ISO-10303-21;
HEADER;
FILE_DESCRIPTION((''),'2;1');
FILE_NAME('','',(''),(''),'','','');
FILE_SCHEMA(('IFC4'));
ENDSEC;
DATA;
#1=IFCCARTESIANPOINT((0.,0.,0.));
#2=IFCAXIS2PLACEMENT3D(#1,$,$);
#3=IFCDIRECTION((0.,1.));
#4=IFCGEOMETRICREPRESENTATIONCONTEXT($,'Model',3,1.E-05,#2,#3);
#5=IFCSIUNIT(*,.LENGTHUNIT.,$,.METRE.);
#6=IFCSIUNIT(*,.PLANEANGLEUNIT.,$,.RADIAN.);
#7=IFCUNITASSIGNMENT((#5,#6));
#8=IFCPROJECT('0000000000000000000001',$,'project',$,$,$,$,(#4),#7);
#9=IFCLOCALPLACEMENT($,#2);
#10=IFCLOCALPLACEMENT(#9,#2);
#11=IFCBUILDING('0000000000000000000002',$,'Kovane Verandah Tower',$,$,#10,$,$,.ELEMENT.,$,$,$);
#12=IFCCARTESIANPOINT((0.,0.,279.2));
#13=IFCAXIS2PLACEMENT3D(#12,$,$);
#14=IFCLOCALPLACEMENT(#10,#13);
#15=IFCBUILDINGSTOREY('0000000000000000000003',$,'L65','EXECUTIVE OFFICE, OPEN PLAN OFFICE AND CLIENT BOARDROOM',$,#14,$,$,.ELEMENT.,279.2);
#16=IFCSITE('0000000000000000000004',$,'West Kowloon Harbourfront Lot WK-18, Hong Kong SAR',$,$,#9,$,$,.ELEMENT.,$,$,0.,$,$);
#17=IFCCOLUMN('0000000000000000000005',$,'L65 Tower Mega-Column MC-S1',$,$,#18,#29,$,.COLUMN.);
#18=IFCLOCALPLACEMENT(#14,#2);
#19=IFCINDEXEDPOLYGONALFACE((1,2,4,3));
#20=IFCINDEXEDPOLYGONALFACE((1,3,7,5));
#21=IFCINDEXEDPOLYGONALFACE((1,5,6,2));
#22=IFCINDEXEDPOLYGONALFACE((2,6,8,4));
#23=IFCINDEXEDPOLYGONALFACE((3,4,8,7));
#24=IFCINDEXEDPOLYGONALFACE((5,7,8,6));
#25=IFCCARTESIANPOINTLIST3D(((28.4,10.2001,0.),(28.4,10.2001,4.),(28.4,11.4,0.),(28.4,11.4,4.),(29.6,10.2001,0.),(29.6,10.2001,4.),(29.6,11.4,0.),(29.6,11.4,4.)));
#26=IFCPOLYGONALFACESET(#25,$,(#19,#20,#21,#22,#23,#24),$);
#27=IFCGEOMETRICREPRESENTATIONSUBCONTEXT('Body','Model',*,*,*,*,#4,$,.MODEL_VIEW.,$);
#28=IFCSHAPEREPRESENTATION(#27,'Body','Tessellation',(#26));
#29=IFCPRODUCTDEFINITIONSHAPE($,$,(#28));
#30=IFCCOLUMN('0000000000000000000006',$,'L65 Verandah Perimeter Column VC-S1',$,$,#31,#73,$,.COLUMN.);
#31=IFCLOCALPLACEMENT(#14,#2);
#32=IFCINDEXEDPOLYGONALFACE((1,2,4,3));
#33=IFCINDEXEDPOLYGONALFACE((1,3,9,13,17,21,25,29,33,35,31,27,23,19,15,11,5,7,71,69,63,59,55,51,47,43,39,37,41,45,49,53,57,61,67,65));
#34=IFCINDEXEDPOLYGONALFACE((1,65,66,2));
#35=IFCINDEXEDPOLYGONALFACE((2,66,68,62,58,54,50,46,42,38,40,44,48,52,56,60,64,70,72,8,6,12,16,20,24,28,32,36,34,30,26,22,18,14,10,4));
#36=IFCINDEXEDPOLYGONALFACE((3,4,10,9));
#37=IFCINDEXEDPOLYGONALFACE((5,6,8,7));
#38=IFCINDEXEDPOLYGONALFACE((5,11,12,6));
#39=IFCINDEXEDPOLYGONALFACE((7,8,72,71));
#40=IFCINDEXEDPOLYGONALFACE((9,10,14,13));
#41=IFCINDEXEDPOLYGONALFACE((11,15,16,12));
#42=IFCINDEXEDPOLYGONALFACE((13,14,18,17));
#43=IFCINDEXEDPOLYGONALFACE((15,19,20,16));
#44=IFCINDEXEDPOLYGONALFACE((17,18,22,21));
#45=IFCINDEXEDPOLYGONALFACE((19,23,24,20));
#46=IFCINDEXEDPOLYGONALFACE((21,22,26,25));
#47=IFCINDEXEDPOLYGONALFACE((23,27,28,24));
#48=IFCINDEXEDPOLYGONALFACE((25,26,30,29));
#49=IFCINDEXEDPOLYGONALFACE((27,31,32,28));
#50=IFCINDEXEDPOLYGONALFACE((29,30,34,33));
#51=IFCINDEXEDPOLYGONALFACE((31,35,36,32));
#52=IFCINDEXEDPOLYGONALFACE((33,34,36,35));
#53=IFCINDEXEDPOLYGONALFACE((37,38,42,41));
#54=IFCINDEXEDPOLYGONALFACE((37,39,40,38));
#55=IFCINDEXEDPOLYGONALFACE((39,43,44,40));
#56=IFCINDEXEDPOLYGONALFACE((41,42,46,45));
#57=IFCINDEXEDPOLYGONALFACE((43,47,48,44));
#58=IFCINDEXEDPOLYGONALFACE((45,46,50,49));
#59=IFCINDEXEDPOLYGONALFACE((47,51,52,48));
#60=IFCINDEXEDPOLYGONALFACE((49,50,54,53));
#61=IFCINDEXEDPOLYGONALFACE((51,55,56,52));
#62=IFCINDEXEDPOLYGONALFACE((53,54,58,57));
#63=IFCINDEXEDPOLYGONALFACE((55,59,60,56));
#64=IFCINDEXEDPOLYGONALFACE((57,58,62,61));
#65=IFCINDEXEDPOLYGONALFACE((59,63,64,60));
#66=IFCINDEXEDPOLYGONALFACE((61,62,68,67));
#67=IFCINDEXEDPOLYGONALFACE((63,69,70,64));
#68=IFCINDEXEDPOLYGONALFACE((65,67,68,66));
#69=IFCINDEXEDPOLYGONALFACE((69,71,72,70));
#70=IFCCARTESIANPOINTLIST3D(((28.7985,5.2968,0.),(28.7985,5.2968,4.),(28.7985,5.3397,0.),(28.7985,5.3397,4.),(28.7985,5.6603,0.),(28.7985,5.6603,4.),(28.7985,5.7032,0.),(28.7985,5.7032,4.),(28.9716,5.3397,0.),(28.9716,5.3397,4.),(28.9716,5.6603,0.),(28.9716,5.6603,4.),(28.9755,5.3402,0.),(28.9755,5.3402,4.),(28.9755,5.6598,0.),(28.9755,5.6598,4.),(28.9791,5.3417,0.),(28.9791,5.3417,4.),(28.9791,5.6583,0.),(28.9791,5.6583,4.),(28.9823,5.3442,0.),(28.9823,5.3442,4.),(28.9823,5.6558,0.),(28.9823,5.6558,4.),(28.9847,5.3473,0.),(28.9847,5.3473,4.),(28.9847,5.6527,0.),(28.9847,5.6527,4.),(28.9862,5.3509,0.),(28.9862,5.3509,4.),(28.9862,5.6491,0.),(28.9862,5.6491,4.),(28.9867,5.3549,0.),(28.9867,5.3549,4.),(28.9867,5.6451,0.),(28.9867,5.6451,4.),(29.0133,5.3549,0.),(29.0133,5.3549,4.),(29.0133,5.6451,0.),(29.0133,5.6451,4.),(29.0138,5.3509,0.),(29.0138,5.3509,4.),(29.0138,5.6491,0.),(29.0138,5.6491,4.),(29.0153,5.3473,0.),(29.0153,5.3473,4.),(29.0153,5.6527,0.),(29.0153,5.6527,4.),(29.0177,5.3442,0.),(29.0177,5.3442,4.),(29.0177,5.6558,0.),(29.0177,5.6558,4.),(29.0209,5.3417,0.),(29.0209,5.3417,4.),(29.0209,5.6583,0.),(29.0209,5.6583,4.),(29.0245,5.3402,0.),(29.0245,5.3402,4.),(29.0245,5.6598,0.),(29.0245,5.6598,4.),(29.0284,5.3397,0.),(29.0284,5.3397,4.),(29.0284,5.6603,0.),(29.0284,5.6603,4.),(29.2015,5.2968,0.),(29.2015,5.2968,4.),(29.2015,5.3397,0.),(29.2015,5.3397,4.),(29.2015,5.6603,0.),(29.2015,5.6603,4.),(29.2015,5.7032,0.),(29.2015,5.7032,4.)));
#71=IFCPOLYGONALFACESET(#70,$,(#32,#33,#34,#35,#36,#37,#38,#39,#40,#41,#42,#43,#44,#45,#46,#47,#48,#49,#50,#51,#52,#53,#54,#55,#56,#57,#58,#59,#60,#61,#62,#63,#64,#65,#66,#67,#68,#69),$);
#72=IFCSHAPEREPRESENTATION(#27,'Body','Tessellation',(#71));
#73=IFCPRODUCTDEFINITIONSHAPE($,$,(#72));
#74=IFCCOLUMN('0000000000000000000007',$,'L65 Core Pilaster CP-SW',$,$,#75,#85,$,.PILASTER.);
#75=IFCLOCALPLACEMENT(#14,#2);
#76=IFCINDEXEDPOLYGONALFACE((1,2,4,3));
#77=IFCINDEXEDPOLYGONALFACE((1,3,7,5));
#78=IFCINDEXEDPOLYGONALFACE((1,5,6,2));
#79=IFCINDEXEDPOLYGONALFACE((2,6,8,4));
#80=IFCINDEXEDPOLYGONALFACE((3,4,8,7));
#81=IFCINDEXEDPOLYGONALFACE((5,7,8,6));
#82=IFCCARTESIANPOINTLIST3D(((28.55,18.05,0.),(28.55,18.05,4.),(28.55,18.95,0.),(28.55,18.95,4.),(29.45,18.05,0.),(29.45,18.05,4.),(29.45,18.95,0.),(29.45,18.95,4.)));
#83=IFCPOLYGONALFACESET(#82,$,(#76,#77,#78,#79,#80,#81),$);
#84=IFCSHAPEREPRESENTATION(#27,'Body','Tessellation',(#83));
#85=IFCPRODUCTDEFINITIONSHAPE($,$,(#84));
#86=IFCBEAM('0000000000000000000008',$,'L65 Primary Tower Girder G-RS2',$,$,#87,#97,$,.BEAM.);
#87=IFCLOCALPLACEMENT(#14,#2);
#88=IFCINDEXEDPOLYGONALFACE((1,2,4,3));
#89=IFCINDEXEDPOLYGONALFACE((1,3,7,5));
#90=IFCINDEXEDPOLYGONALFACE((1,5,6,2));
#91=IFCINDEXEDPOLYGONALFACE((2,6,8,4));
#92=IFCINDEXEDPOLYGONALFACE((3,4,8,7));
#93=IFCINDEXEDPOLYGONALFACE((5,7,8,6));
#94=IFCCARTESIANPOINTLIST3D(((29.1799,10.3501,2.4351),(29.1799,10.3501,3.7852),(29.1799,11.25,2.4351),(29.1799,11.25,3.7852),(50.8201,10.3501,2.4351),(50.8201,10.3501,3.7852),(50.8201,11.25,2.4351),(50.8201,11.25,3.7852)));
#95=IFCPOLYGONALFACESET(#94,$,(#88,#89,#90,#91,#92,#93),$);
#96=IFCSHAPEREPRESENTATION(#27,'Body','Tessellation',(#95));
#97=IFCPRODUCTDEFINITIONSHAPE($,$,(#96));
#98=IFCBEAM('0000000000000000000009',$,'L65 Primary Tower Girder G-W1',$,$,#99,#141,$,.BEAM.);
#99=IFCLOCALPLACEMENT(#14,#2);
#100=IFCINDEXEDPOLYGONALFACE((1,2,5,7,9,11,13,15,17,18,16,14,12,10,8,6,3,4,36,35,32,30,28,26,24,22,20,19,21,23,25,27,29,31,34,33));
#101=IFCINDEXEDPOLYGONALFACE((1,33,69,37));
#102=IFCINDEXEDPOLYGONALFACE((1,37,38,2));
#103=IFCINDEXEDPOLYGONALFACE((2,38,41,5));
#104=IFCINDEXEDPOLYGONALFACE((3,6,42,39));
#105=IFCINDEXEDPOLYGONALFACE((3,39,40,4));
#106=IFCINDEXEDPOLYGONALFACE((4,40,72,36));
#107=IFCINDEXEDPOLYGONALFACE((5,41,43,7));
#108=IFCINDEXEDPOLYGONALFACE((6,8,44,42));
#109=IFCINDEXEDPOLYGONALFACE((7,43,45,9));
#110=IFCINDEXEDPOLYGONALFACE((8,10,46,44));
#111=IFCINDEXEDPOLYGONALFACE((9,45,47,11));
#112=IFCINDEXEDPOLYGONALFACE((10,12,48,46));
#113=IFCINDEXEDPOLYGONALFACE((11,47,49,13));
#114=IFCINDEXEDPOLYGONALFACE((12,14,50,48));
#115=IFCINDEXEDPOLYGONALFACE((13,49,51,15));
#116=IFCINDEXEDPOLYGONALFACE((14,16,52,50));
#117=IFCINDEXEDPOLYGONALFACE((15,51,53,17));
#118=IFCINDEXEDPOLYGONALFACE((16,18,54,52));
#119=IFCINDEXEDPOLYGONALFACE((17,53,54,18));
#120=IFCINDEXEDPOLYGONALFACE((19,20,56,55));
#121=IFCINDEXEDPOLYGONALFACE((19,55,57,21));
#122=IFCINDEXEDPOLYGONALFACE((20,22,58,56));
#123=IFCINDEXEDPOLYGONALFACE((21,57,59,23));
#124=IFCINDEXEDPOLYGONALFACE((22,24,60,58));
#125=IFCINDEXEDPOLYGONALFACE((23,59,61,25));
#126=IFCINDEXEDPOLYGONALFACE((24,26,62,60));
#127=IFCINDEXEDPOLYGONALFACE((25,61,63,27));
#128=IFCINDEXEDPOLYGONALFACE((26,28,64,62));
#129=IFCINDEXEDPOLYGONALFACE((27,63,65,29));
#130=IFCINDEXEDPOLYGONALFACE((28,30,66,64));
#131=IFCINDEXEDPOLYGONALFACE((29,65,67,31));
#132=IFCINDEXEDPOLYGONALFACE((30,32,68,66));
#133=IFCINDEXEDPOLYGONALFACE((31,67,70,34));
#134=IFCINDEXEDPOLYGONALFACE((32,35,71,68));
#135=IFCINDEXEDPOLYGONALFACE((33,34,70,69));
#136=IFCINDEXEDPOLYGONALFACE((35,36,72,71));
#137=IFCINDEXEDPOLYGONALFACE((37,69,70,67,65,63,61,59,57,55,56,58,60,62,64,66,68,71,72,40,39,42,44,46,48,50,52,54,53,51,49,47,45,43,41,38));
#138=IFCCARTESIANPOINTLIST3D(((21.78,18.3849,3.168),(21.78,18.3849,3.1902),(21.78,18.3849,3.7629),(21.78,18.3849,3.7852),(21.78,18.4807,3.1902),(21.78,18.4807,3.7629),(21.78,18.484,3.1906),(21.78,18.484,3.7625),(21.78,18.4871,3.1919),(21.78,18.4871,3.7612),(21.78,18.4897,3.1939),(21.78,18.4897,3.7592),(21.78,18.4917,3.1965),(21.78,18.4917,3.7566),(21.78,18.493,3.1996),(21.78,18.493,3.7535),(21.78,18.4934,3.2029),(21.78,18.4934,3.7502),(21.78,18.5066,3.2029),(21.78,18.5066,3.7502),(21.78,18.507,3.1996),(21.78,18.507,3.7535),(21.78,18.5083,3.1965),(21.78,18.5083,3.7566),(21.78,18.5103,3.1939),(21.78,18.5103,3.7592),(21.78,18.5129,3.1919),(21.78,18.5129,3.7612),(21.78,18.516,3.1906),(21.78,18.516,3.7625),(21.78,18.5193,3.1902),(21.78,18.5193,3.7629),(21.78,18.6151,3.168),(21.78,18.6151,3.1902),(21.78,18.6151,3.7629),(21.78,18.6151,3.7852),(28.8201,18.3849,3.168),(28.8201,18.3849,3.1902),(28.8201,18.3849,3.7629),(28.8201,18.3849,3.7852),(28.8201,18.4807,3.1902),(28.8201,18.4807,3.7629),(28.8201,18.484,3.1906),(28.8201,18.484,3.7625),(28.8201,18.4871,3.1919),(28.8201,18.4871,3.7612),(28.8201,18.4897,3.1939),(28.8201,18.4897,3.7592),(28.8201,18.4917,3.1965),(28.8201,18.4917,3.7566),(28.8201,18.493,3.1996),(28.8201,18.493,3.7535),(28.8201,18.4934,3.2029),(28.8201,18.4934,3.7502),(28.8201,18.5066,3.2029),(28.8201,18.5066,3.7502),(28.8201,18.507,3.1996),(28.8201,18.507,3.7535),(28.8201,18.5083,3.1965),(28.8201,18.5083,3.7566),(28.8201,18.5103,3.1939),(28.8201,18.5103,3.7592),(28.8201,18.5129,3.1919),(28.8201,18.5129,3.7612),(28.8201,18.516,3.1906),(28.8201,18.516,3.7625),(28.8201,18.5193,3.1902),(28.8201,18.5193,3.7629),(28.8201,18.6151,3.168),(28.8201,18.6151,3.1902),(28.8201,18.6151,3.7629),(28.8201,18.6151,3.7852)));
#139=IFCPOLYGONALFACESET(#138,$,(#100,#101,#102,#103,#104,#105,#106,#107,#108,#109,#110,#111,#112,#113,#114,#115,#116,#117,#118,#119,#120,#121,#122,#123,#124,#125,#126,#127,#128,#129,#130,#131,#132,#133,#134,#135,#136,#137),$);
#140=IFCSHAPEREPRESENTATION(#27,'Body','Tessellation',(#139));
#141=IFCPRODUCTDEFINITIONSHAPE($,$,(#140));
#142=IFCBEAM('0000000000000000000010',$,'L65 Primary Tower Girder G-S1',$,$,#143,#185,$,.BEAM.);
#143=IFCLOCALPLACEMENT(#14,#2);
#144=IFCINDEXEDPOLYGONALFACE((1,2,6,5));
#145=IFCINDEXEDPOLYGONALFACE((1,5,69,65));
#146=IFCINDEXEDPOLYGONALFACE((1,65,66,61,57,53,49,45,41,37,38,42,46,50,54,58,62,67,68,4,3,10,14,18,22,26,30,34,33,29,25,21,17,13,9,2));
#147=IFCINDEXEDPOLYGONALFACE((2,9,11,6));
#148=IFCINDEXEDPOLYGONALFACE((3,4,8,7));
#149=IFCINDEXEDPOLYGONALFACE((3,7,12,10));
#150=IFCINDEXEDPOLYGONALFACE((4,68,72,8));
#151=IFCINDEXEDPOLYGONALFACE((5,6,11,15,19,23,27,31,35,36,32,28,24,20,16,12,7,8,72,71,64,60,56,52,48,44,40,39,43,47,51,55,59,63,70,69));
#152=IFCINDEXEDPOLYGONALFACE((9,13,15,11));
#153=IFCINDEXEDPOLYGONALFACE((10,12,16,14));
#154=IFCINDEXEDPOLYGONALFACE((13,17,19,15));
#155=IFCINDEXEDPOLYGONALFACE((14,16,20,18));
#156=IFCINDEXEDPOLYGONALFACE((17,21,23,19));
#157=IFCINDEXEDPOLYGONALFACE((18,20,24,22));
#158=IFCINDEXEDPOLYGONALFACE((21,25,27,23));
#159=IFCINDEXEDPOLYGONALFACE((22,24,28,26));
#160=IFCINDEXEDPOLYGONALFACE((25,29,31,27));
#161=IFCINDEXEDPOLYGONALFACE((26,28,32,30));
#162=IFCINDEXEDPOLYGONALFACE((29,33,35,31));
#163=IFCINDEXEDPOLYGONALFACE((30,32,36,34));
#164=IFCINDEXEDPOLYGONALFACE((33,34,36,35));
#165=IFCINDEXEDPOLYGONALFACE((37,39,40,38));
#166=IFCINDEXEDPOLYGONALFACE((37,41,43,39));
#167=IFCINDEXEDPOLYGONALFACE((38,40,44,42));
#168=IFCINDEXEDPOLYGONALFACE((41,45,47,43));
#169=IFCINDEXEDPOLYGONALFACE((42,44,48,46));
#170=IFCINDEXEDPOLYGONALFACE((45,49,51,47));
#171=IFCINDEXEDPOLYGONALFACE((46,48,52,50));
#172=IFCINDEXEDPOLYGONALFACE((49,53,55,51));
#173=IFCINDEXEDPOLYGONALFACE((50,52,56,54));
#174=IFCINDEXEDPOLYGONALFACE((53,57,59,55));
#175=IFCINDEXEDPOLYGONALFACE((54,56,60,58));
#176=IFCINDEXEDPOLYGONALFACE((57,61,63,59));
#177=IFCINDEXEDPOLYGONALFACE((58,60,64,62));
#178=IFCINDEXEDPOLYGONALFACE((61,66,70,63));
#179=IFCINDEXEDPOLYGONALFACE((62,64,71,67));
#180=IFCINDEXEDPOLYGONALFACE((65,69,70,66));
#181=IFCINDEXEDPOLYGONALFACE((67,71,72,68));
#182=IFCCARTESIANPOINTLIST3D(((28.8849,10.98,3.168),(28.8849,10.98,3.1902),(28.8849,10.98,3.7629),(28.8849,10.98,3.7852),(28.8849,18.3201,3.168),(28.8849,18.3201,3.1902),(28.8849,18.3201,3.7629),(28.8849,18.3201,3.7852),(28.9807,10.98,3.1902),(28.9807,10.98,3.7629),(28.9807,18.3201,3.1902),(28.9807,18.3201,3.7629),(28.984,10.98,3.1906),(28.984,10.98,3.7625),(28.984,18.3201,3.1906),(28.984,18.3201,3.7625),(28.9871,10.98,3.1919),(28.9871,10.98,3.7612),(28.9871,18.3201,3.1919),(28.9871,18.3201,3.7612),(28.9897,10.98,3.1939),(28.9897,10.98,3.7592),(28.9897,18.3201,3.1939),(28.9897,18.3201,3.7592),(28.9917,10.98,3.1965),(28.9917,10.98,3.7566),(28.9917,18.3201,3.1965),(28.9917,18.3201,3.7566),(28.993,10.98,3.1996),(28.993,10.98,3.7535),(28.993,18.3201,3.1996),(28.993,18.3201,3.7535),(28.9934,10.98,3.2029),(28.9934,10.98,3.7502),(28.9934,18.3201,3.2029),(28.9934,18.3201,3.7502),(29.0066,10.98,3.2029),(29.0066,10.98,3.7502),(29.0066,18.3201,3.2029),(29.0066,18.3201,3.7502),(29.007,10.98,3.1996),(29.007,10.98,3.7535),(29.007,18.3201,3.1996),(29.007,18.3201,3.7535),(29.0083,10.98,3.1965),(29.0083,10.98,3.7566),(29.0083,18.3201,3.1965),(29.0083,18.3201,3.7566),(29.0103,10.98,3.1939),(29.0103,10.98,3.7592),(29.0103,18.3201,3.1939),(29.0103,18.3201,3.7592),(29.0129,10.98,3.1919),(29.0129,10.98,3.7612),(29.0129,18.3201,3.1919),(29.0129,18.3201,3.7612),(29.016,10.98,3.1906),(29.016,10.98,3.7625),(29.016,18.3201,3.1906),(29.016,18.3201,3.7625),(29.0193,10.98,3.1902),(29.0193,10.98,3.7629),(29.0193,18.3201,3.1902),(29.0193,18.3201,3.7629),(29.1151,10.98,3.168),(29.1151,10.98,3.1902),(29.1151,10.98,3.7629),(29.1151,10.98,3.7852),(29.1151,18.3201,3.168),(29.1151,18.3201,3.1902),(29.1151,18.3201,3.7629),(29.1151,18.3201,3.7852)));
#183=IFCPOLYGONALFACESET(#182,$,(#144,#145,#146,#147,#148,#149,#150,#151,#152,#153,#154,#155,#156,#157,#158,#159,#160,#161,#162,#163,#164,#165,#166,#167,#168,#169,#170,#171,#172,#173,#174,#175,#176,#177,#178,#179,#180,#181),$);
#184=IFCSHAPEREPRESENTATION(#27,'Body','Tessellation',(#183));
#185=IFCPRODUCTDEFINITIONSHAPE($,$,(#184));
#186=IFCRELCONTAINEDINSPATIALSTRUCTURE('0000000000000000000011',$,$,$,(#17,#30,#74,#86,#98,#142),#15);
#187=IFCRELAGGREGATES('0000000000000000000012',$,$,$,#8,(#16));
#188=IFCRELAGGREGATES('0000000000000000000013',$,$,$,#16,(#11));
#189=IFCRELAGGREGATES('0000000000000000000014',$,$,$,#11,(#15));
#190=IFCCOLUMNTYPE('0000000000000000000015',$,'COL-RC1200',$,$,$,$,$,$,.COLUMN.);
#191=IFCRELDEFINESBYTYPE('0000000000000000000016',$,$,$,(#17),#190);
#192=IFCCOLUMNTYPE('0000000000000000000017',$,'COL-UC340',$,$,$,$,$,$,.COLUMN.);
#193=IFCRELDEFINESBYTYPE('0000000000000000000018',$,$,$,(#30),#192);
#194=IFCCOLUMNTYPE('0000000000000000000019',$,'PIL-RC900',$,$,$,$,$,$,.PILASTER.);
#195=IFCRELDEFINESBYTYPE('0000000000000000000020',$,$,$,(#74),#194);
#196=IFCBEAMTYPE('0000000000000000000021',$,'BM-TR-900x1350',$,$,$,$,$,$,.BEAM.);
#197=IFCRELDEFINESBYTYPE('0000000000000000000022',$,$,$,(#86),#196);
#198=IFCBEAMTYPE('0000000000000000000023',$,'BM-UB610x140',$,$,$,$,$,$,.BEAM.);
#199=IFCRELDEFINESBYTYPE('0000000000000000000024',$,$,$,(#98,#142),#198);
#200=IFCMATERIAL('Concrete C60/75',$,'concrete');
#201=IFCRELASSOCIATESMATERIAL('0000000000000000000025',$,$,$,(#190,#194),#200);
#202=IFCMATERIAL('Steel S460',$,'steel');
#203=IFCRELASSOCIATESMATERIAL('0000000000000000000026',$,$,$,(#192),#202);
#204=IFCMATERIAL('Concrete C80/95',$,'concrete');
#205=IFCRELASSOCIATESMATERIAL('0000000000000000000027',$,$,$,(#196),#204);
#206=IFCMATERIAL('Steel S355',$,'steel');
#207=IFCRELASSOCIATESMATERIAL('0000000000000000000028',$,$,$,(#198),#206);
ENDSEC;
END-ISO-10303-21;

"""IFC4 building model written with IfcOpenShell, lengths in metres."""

from ifc_helpers import new_model, si_unit, direction, frame, origin, origin_2d, place, context, subcontext, project, spatial, rectangle, i_section, extrude, material, material_profile, profile_set, type_object, element, save


model = new_model("IFC4")

# Units and contexts
model_context = context("Model", 3, precision=1e-05, world=origin(), true_north=direction((0.0, 1.0)))
body_context = subcontext(model_context, "Body", "Model", "MODEL_VIEW")
ifc_project = project(units=[si_unit("LENGTHUNIT", "METRE"), si_unit("PLANEANGLEUNIT", "RADIAN")], contexts=[model_context])

# Site, building, storey
site_placement = place(None, origin())
site = spatial("IfcSite", under=ifc_project, at=site_placement, Name="West Kowloon Harbourfront Lot WK-18, Hong Kong SAR", CompositionType="ELEMENT", RefElevation=0.0)
building_placement = place(site_placement, origin())
building = spatial("IfcBuilding", under=site, at=building_placement, Name="Kovane Verandah Tower", CompositionType="ELEMENT")
storey_placement = place(building_placement, frame((0.0, 0.0, 279.2)))
storey = spatial("IfcBuildingStorey", under=building, at=storey_placement, Name="L65", Description="EXECUTIVE OFFICE, OPEN PLAN OFFICE AND CLIENT BOARDROOM", CompositionType="ELEMENT", Elevation=279.2)

# Columns
ifc_material_1 = material(Name="Concrete C60/75", Category="concrete")
ifc_material_profile_1 = material_profile(ifc_material_1, rectangle(XDim=1.2, YDim=1.2, at=origin_2d()), Name="RC1200x1200")
ifc_profile_set_1 = profile_set([ifc_material_profile_1], Name="Concrete C60/75")
column_type_1 = type_object("IfcColumnType", Name="COL-RC1200", PredefinedType="COLUMN", material=ifc_profile_set_1)
column_1_placement = place(storey_placement, frame((29.0, 10.8, 0.0), z_axis=(0.0, 0.0, 1.0), x_axis=(1.0, 0.0, 0.0)))
element("IfcColumn", 1, at=column_1_placement, inside=storey, type_object=column_type_1, Name="L65 Tower Mega-Column MC-S1", PredefinedType="COLUMN", context=body_context, shape_type="SweptSolid", body=[
    extrude(rectangle(XDim=1.2, YDim=1.2, at=origin_2d()), origin(), (0.0, 0.0, 1.0), 4.0),
])
ifc_material_2 = material(Name="Steel S460", Category="steel")
ifc_material_profile_2 = material_profile(ifc_material_2, i_section(OverallWidth=0.4031, OverallDepth=0.4065, WebThickness=0.0266, FlangeThickness=0.043, FilletRadius=0.0151, at=origin_2d()), Name="UC356x406x340")
ifc_profile_set_2 = profile_set([ifc_material_profile_2], Name="Steel S460")
column_type_2 = type_object("IfcColumnType", Name="COL-UC340", PredefinedType="COLUMN", material=ifc_profile_set_2)
column_2_placement = place(storey_placement, frame((29.0, 5.5, 0.0), z_axis=(0.0, 0.0, 1.0), x_axis=(1.0, 0.0, 0.0)))
element("IfcColumn", 2, at=column_2_placement, inside=storey, type_object=column_type_2, Name="L65 Verandah Perimeter Column VC-S1", PredefinedType="COLUMN", context=body_context, shape_type="SweptSolid", body=[
    extrude(i_section(OverallWidth=0.4031, OverallDepth=0.4065, WebThickness=0.0266, FlangeThickness=0.043, FilletRadius=0.0151, at=origin_2d()), origin(), (0.0, 0.0, 1.0), 4.0),
])
ifc_material_profile_3 = material_profile(ifc_material_1, rectangle(XDim=0.8999, YDim=0.8999, at=origin_2d()), Name="RC900x900")
ifc_profile_set_3 = profile_set([ifc_material_profile_3], Name="Concrete C60/75")
column_type_3 = type_object("IfcColumnType", Name="PIL-RC900", PredefinedType="PILASTER", material=ifc_profile_set_3)
column_3_placement = place(storey_placement, frame((29.0, 18.5, 0.0), z_axis=(0.0, 0.0, 1.0), x_axis=(1.0, 0.0, 0.0)))
element("IfcColumn", 3, at=column_3_placement, inside=storey, type_object=column_type_3, Name="L65 Core Pilaster CP-SW", PredefinedType="PILASTER", context=body_context, shape_type="SweptSolid", body=[
    extrude(rectangle(XDim=0.8999, YDim=0.8999, at=origin_2d()), origin(), (0.0, 0.0, 1.0), 4.0),
])

# Beams
ifc_material_3 = material(Name="Concrete C80/95", Category="concrete")
ifc_material_profile_4 = material_profile(ifc_material_3, rectangle(XDim=0.8999, YDim=1.3501, at=origin_2d()), Name="RCB900x1350")
ifc_profile_set_4 = profile_set([ifc_material_profile_4], Name="Concrete C80/95")
beam_type_1 = type_object("IfcBeamType", Name="BM-TR-900x1350", PredefinedType="BEAM", material=ifc_profile_set_4)
beam_1_placement = place(storey_placement, frame((29.1799, 10.8, 3.1101), z_axis=(1.0, 0.0, 0.0), x_axis=(0.0, 1.0, 0.0)))
element("IfcBeam", 4, at=beam_1_placement, inside=storey, type_object=beam_type_1, Name="L65 Primary Tower Girder G-RS2", PredefinedType="BEAM", context=body_context, shape_type="SweptSolid", body=[
    extrude(rectangle(XDim=0.8999, YDim=1.3501, at=origin_2d()), origin(), (0.0, 0.0, 1.0), 21.6401),
])
ifc_material_4 = material(Name="Steel S355", Category="steel")
ifc_material_profile_5 = material_profile(ifc_material_4, i_section(OverallWidth=0.2302, OverallDepth=0.6172, WebThickness=0.0132, FlangeThickness=0.0222, FilletRadius=0.0127, at=origin_2d()), Name="UB610x229x140")
ifc_profile_set_5 = profile_set([ifc_material_profile_5], Name="Steel S355")
beam_type_2 = type_object("IfcBeamType", Name="BM-UB610x140", PredefinedType="BEAM", material=ifc_profile_set_5)
beam_2_placement = place(storey_placement, frame((28.8201, 18.5, 3.4766), z_axis=(-1.0, 0.0, 0.0), x_axis=(0.0, -1.0, 0.0)))
element("IfcBeam", 5, at=beam_2_placement, inside=storey, type_object=beam_type_2, Name="L65 Primary Tower Girder G-W1", PredefinedType="BEAM", context=body_context, shape_type="SweptSolid", body=[
    extrude(i_section(OverallWidth=0.2302, OverallDepth=0.6172, WebThickness=0.0132, FlangeThickness=0.0222, FilletRadius=0.0127, at=origin_2d()), origin(), (0.0, 0.0, 1.0), 7.04),
])
beam_3_placement = place(storey_placement, frame((29.0, 18.3201, 3.4766), z_axis=(0.0, -1.0, 0.0), x_axis=(1.0, 0.0, 0.0)))
element("IfcBeam", 6, at=beam_3_placement, inside=storey, type_object=beam_type_2, Name="L65 Primary Tower Girder G-S1", PredefinedType="BEAM", context=body_context, shape_type="SweptSolid", body=[
    extrude(i_section(OverallWidth=0.2302, OverallDepth=0.6172, WebThickness=0.0132, FlangeThickness=0.0222, FilletRadius=0.0127, at=origin_2d()), origin(), (0.0, 0.0, 1.0), 7.3401),
])

save(model, "model.ifc")
